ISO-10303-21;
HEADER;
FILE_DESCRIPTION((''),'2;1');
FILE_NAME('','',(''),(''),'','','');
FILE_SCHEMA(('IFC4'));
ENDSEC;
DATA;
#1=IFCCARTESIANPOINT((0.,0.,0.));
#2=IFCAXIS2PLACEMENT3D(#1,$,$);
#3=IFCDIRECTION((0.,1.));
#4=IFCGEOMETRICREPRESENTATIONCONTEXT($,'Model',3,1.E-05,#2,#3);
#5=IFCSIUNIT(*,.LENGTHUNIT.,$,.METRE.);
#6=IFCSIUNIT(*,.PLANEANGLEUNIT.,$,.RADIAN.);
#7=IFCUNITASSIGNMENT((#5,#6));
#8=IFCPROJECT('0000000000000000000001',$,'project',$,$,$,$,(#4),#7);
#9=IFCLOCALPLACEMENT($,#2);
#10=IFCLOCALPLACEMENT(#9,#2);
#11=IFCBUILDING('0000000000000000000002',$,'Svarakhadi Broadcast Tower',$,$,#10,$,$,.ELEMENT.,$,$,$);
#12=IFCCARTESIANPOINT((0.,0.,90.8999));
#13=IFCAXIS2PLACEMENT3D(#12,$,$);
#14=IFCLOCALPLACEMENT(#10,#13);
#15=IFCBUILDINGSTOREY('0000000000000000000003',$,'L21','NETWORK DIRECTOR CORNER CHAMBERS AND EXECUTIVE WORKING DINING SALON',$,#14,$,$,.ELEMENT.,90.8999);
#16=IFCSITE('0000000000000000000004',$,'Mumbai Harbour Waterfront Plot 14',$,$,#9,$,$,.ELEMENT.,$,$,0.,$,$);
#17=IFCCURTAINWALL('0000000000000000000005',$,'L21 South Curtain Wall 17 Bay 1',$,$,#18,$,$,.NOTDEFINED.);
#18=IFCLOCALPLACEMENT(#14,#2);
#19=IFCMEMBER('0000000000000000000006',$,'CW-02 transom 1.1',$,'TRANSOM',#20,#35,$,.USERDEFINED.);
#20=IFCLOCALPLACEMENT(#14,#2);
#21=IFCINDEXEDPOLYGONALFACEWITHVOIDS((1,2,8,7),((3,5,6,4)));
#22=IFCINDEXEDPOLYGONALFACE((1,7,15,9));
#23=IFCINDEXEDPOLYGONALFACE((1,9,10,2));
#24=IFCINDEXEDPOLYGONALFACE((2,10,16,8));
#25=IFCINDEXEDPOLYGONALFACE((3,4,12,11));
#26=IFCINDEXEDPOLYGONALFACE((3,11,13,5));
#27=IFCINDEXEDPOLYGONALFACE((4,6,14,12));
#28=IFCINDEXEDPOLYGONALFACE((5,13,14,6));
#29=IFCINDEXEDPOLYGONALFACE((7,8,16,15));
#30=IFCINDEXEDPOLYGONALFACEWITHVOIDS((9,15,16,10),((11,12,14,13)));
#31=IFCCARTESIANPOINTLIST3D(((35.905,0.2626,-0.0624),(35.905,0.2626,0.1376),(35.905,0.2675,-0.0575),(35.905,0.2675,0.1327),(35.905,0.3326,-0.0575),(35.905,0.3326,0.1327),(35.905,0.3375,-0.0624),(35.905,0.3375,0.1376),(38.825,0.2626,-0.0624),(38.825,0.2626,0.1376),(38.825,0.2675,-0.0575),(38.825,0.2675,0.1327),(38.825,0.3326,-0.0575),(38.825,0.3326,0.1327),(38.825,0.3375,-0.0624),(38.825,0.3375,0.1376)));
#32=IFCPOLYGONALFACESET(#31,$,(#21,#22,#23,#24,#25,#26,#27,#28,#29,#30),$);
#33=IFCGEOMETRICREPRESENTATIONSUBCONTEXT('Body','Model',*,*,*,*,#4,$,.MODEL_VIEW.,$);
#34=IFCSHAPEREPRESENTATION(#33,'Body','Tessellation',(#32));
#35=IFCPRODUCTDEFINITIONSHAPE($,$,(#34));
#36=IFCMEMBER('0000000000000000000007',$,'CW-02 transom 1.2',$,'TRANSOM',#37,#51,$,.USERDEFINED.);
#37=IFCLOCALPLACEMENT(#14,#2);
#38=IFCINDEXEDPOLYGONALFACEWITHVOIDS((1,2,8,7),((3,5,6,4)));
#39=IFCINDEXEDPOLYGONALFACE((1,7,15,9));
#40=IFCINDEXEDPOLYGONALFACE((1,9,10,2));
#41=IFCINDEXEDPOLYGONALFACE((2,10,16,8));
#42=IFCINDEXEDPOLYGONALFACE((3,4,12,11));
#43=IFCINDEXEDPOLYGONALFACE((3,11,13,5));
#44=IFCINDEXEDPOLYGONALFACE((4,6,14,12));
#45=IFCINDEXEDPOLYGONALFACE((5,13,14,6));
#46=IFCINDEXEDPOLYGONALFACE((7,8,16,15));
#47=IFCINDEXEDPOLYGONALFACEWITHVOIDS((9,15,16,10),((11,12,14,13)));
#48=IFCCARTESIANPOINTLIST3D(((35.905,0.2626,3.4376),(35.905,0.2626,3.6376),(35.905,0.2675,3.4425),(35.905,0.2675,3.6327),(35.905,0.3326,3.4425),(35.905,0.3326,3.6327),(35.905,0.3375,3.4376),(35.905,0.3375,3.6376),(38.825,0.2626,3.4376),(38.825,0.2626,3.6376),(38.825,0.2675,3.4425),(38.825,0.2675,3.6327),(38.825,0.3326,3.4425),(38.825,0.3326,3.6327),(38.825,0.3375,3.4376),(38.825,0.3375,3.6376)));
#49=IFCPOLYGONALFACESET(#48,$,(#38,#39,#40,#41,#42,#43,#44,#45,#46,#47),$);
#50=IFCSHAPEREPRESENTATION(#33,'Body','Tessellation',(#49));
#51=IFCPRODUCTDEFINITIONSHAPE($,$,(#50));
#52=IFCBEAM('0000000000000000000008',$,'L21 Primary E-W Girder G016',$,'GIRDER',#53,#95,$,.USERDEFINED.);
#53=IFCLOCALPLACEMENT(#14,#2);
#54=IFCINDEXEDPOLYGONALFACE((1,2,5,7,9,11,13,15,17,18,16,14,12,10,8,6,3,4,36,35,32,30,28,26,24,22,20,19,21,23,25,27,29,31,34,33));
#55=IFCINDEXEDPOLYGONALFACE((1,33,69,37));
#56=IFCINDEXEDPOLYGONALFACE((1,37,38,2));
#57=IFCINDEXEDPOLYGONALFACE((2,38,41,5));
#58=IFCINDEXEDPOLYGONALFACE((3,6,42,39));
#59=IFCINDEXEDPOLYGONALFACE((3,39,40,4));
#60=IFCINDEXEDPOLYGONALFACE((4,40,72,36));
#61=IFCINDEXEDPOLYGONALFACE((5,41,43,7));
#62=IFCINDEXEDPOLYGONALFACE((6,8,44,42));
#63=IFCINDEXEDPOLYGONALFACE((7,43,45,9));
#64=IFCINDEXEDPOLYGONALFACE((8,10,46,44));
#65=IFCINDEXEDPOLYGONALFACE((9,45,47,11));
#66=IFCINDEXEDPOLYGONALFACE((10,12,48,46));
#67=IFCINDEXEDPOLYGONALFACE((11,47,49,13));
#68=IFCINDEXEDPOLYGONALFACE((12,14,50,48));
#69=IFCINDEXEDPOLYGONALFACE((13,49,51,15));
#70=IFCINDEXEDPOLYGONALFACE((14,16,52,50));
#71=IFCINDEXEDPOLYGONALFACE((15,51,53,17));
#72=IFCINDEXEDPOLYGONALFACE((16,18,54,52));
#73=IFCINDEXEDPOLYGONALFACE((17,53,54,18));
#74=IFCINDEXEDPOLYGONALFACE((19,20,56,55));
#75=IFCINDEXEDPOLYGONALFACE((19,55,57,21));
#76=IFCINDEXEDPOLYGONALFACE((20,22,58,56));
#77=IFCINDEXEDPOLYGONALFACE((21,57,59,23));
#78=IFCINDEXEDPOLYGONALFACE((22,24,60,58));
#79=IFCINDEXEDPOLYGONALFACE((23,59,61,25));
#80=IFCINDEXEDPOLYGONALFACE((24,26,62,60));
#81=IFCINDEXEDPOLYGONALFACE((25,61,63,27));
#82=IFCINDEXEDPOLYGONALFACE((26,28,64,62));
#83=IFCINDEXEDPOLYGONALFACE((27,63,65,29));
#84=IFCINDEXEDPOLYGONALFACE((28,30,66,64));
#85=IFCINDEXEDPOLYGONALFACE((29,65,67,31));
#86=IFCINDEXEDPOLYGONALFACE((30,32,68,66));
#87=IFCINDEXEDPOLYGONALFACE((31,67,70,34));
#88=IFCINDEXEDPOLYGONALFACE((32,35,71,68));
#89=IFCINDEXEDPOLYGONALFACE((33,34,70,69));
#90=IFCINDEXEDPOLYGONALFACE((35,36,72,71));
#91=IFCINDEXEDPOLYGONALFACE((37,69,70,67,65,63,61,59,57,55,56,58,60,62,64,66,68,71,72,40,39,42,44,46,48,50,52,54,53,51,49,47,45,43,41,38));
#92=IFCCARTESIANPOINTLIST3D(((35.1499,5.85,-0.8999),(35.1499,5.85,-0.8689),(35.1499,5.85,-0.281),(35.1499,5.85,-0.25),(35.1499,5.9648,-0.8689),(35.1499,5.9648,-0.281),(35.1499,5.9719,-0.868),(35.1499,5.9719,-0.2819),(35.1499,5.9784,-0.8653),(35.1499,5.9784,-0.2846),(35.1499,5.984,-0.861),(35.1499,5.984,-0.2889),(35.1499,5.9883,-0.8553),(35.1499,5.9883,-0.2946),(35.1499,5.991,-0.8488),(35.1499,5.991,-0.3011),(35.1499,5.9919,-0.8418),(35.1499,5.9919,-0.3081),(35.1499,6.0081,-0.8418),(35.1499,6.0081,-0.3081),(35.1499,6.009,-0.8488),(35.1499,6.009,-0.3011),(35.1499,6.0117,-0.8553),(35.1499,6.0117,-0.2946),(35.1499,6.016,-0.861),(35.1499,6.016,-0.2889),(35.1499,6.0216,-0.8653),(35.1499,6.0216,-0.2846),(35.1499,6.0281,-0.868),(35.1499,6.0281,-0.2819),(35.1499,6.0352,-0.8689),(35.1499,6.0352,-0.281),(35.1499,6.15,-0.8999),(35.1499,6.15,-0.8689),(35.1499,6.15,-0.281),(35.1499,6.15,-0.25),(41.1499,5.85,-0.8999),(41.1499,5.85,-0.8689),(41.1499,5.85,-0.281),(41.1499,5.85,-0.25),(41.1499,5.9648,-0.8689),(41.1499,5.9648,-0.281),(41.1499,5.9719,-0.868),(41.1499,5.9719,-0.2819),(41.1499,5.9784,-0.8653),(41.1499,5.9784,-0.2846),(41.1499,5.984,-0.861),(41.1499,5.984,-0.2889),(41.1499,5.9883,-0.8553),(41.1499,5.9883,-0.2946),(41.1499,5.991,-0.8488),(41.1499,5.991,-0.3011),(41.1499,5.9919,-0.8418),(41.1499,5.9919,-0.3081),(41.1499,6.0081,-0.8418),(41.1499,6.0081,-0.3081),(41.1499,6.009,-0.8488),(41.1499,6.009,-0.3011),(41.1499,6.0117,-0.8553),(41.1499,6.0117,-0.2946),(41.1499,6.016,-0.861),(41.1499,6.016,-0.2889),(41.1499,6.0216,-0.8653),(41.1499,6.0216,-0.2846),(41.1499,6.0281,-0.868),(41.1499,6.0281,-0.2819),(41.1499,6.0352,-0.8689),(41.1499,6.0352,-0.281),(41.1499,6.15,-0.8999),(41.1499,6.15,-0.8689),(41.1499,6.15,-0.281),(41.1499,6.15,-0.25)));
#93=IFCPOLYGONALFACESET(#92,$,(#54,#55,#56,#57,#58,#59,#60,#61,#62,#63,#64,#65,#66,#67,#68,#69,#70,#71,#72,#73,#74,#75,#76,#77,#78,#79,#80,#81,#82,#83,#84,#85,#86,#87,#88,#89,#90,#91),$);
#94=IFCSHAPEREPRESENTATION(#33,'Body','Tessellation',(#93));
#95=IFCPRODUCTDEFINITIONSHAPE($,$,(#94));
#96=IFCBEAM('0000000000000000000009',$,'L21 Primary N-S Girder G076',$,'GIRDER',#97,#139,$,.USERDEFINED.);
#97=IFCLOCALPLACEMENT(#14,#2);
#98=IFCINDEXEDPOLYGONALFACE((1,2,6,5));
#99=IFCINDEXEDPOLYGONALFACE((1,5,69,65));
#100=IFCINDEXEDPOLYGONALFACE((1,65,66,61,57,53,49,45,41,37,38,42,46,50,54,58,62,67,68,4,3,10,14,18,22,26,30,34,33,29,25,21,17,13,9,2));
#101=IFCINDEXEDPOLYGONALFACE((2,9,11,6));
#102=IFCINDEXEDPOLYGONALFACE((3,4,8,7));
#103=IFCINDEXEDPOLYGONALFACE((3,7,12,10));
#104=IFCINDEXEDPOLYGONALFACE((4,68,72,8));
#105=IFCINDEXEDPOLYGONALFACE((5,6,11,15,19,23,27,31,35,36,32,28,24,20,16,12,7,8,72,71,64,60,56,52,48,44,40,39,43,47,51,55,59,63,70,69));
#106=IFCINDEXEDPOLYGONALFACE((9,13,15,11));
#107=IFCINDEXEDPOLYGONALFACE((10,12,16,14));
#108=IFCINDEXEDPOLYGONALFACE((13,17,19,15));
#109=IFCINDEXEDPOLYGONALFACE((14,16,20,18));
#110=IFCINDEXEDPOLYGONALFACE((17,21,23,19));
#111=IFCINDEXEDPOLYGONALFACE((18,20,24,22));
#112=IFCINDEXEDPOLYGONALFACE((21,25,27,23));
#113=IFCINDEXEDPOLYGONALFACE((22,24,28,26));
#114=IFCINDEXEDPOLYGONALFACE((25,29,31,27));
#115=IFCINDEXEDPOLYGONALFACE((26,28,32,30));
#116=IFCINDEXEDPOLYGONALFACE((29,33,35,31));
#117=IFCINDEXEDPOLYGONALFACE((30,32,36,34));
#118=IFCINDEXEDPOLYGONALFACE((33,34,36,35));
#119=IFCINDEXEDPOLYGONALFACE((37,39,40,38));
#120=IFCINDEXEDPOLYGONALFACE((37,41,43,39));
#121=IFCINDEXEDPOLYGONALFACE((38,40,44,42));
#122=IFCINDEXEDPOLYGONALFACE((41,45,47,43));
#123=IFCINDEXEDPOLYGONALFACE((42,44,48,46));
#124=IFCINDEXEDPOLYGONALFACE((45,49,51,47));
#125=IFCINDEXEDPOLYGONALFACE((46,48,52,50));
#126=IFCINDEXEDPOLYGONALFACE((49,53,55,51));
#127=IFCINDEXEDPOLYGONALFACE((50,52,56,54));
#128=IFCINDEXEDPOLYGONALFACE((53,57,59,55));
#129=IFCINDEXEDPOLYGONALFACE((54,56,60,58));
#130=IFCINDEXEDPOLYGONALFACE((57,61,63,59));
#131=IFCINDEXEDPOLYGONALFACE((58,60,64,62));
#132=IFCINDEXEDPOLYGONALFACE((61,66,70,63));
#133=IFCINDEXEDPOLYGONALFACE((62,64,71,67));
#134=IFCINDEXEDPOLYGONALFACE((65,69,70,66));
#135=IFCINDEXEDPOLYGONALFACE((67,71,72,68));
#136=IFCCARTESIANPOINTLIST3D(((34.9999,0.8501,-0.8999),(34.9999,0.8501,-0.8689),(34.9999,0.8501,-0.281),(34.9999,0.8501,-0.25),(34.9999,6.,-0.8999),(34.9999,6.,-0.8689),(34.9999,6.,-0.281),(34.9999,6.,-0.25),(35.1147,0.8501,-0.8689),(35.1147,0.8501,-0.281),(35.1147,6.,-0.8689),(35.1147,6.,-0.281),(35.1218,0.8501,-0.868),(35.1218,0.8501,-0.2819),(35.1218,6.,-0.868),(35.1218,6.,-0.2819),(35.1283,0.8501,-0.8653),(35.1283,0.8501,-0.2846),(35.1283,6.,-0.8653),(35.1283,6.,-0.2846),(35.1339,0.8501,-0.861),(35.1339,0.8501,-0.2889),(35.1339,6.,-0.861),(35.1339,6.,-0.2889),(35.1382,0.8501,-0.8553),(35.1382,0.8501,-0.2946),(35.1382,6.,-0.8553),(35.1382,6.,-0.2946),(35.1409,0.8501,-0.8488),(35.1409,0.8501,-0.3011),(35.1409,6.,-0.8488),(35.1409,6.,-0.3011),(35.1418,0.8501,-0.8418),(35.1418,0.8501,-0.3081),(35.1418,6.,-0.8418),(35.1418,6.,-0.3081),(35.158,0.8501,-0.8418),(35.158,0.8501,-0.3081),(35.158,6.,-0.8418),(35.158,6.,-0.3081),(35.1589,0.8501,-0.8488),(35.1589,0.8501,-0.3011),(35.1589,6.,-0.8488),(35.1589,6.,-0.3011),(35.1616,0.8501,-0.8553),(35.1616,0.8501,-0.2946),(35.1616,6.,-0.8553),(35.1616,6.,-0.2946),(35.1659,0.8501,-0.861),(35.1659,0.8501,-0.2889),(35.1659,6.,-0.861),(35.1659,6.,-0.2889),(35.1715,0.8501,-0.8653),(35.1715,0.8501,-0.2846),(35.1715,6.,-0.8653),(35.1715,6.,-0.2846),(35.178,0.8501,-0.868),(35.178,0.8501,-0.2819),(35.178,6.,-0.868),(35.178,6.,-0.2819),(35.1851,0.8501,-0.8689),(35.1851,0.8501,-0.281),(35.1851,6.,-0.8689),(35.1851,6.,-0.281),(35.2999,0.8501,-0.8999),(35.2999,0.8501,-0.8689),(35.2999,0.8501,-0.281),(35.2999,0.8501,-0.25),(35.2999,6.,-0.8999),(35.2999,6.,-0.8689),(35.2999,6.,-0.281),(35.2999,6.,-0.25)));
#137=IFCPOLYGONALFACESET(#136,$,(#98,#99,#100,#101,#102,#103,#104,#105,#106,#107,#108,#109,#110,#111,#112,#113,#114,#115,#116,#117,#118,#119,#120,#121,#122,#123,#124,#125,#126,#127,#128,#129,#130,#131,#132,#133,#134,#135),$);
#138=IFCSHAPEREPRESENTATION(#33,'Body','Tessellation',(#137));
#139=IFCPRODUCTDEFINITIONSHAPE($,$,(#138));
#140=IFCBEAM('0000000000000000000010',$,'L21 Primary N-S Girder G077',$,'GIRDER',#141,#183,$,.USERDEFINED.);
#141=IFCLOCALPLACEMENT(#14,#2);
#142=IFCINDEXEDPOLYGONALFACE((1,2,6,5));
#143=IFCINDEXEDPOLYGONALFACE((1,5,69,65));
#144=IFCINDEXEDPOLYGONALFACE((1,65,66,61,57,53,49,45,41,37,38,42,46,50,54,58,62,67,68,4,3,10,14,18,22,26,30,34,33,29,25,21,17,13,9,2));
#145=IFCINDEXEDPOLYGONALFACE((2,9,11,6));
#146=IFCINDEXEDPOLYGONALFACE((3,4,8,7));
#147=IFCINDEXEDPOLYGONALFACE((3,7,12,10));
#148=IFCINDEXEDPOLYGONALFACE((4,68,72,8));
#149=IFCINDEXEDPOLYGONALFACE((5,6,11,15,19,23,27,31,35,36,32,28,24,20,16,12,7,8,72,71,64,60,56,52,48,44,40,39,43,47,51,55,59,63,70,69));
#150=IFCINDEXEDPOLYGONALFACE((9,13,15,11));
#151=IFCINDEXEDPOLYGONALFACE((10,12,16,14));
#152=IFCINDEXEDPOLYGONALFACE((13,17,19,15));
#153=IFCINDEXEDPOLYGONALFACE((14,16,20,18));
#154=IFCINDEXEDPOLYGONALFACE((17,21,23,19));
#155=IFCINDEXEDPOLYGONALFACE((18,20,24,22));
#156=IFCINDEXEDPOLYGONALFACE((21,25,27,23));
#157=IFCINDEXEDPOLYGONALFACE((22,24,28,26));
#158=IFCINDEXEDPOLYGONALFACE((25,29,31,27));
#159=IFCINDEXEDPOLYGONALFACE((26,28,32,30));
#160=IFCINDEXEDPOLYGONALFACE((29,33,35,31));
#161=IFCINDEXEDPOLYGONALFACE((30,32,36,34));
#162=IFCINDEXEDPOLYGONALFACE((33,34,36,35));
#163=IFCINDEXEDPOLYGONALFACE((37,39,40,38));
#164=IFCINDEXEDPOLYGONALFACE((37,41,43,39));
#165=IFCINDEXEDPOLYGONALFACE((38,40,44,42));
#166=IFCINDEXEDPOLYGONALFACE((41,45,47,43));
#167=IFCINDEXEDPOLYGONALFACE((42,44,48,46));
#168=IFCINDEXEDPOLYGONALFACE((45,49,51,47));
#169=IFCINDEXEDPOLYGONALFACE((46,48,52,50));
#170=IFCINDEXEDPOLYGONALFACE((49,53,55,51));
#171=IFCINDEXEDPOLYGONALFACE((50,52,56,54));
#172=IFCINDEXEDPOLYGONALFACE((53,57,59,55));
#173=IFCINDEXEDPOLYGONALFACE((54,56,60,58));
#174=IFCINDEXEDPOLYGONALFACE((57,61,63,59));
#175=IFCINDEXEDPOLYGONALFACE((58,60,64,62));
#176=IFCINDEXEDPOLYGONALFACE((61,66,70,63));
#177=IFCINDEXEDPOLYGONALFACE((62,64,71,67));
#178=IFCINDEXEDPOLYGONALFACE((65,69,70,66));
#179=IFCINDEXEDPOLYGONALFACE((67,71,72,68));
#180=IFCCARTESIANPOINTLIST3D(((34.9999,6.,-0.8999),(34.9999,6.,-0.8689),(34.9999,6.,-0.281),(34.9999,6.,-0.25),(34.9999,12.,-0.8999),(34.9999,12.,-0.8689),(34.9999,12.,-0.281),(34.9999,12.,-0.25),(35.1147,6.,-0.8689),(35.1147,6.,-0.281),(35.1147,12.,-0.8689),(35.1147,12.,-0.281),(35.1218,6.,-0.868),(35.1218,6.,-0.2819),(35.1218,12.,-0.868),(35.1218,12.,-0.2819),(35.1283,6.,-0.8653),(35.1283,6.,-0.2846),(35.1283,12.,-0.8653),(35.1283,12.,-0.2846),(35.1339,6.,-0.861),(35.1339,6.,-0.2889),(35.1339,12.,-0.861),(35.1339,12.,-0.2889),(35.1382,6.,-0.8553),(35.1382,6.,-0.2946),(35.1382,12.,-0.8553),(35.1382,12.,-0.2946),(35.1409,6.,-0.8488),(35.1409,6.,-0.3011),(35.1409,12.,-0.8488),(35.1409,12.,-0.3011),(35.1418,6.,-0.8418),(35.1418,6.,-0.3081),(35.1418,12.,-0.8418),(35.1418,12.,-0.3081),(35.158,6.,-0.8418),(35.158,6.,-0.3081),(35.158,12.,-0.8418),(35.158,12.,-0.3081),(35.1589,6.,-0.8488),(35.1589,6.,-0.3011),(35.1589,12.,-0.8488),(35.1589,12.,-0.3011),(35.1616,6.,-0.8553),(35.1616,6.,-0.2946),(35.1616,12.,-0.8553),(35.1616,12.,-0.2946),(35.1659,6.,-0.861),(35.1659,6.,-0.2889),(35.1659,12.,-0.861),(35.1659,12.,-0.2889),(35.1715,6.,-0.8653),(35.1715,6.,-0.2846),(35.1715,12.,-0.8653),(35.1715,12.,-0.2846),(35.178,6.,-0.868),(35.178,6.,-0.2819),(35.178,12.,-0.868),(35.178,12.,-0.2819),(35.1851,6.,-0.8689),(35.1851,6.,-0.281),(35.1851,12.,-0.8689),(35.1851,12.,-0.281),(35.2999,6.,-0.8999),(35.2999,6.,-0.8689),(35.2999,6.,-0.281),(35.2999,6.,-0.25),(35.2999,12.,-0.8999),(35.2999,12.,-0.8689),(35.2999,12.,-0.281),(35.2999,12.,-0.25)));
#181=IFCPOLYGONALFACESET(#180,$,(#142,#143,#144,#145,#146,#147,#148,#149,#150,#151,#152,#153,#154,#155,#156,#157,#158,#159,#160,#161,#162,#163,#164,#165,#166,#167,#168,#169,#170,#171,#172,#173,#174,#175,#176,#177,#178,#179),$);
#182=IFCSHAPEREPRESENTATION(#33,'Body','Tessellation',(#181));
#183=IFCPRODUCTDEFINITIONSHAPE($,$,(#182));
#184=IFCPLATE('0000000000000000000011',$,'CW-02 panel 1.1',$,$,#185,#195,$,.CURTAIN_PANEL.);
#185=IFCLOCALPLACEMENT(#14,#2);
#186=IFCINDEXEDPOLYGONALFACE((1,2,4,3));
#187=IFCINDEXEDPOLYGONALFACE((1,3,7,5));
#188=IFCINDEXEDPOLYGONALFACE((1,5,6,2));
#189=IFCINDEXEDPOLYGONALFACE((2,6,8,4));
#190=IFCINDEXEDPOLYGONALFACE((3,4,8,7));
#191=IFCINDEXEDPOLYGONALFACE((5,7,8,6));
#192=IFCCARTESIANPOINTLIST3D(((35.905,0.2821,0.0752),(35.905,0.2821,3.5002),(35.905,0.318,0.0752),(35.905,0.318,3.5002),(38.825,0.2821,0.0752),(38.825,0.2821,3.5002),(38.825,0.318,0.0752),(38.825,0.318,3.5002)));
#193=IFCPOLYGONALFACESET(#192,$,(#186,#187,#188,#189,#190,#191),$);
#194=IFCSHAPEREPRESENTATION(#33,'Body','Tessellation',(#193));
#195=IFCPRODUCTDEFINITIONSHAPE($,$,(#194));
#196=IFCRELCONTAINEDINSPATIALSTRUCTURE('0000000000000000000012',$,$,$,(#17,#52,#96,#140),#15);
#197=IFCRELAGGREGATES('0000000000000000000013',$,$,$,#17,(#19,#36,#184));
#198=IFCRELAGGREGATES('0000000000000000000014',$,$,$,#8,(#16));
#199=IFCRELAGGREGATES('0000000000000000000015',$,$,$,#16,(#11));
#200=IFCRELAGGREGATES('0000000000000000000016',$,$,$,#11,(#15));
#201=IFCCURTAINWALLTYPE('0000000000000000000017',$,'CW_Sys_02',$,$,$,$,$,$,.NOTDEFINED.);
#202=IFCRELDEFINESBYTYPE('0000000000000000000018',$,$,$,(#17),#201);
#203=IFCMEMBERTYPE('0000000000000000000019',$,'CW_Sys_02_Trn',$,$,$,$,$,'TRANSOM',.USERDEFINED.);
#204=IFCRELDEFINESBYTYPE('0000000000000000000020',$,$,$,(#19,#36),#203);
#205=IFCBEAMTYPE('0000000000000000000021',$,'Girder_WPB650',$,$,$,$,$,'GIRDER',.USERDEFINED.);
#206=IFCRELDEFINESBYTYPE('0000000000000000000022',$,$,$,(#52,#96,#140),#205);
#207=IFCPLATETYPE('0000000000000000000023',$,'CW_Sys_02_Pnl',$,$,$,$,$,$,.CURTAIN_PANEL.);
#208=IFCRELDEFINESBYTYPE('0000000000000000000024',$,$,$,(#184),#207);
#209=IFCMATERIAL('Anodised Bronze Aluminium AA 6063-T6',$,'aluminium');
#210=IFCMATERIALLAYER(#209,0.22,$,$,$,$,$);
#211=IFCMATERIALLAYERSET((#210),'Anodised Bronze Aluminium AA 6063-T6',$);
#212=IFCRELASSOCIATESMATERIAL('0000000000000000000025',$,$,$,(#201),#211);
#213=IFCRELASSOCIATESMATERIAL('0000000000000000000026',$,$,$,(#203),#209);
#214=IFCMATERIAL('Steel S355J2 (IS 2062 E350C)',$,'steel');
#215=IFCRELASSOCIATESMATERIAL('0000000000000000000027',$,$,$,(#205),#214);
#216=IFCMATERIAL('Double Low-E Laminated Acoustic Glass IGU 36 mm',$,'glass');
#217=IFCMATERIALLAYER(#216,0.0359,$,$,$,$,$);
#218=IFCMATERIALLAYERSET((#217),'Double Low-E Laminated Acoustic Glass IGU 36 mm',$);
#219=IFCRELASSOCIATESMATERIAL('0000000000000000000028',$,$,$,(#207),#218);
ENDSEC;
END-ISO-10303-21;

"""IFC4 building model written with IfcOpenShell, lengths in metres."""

from ifc_helpers import new_model, si_unit, direction, frame, origin, origin_2d, place, context, subcontext, project, spatial, rectangle, hollow_rectangle, i_section, extrude, material, layer, layer_set, material_profile, profile_set, type_object, element, aggregate, save


model = new_model("IFC4")

# Units and contexts
model_context = context("Model", 3, precision=1e-05, world=origin(), true_north=direction((0.0, 1.0)))
body_context = subcontext(model_context, "Body", "Model", "MODEL_VIEW")
ifc_project = project(units=[si_unit("LENGTHUNIT", "METRE"), si_unit("PLANEANGLEUNIT", "RADIAN")], contexts=[model_context])

# Site, building, storey
site_placement = place(None, origin())
site = spatial("IfcSite", under=ifc_project, at=site_placement, Name="Mumbai Harbour Waterfront Plot 14", CompositionType="ELEMENT", RefElevation=0.0)
building_placement = place(site_placement, origin())
building = spatial("IfcBuilding", under=site, at=building_placement, Name="Svarakhadi Broadcast Tower", CompositionType="ELEMENT")
storey_placement = place(building_placement, frame((0.0, 0.0, 90.8999)))
storey = spatial("IfcBuildingStorey", under=building, at=storey_placement, Name="L21", Description="NETWORK DIRECTOR CORNER CHAMBERS AND EXECUTIVE WORKING DINING SALON", CompositionType="ELEMENT", Elevation=90.8999)

# Shared definitions
ifc_material_1 = material(Name="Steel S355J2 (IS 2062 E350C)", Category="steel")

# Curtain wall, members
ifc_material_2 = material(Name="Anodised Bronze Aluminium AA 6063-T6", Category="aluminium")
ifc_layer_1 = layer(ifc_material_2, 0.22)
ifc_layer_set_1 = layer_set([ifc_layer_1], Name="Anodised Bronze Aluminium AA 6063-T6")
curtain_wall_type = type_object("IfcCurtainWallType", Name="CW_Sys_02", PredefinedType="NOTDEFINED", material=ifc_layer_set_1)
curtain_wall_placement = place(storey_placement, origin())
curtain_wall = element("IfcCurtainWall", 1, at=curtain_wall_placement, inside=storey, type_object=curtain_wall_type, Name="L21 South Curtain Wall 17 Bay 1", PredefinedType="NOTDEFINED")
ifc_material_profile_1 = material_profile(ifc_material_2, hollow_rectangle(XDim=0.075, YDim=0.2, WallThickness=0.0049, at=origin_2d()), Name="ALU TRANSOM 200x75x5")
ifc_profile_set_1 = profile_set([ifc_material_profile_1], Name="Anodised Bronze Aluminium AA 6063-T6")
member_type_1 = type_object("IfcMemberType", Name="CW_Sys_02_Trn", ElementType="TRANSOM", PredefinedType="USERDEFINED", material=ifc_profile_set_1)
member_1_placement = place(storey_placement, frame((38.825, 0.3, 0.0376), z_axis=(-1.0, 0.0, 0.0), x_axis=(0.0, -1.0, 0.0)))
member_1 = element("IfcMember", 2, at=member_1_placement, type_object=member_type_1, Name="CW-02 transom 1.1", ObjectType="TRANSOM", PredefinedType="USERDEFINED", context=body_context, shape_type="SweptSolid", body=[
    extrude(hollow_rectangle(XDim=0.075, YDim=0.2, WallThickness=0.0049, at=origin_2d()), origin(), (0.0, 0.0, 1.0), 2.9199),
])
member_2_placement = place(storey_placement, frame((38.825, 0.3, 3.5376), z_axis=(-1.0, 0.0, 0.0), x_axis=(0.0, -1.0, 0.0)))
member_2 = element("IfcMember", 3, at=member_2_placement, type_object=member_type_1, Name="CW-02 transom 1.2", ObjectType="TRANSOM", PredefinedType="USERDEFINED", context=body_context, shape_type="SweptSolid", body=[
    extrude(hollow_rectangle(XDim=0.075, YDim=0.2, WallThickness=0.0049, at=origin_2d()), origin(), (0.0, 0.0, 1.0), 2.9199),
])

# Beams
ifc_material_profile_2 = material_profile(ifc_material_1, i_section(OverallWidth=0.3, OverallDepth=0.6499, WebThickness=0.0161, FlangeThickness=0.031, FilletRadius=0.0271, at=origin_2d()), Name="WPB 650x300x225")
ifc_profile_set_2 = profile_set([ifc_material_profile_2], Name="Steel S355J2 (IS 2062 E350C)")
beam_type_1 = type_object("IfcBeamType", Name="Girder_WPB650", ElementType="GIRDER", PredefinedType="USERDEFINED", material=ifc_profile_set_2)
beam_1_placement = place(storey_placement, frame((35.1499, 6.0, -0.575), z_axis=(1.0, 0.0, 0.0), x_axis=(0.0, 1.0, 0.0)))
element("IfcBeam", 4, at=beam_1_placement, inside=storey, type_object=beam_type_1, Name="L21 Primary E-W Girder G016", ObjectType="GIRDER", PredefinedType="USERDEFINED", context=body_context, shape_type="SweptSolid", body=[
    extrude(i_section(OverallWidth=0.3, OverallDepth=0.6499, WebThickness=0.0161, FlangeThickness=0.031, FilletRadius=0.0271, at=origin_2d()), origin(), (0.0, 0.0, 1.0), 6.0),
])
beam_2_placement = place(storey_placement, frame((35.1499, 0.8501, -0.575), z_axis=(0.0, 1.0, 0.0), x_axis=(-1.0, 0.0, 0.0)))
element("IfcBeam", 5, at=beam_2_placement, inside=storey, type_object=beam_type_1, Name="L21 Primary N-S Girder G076", ObjectType="GIRDER", PredefinedType="USERDEFINED", context=body_context, shape_type="SweptSolid", body=[
    extrude(i_section(OverallWidth=0.3, OverallDepth=0.6499, WebThickness=0.0161, FlangeThickness=0.031, FilletRadius=0.0271, at=origin_2d()), origin(), (0.0, 0.0, 1.0), 5.1499),
])
beam_3_placement = place(storey_placement, frame((35.1499, 6.0, -0.575), z_axis=(0.0, 1.0, 0.0), x_axis=(-1.0, 0.0, 0.0)))
element("IfcBeam", 6, at=beam_3_placement, inside=storey, type_object=beam_type_1, Name="L21 Primary N-S Girder G077", ObjectType="GIRDER", PredefinedType="USERDEFINED", context=body_context, shape_type="SweptSolid", body=[
    extrude(i_section(OverallWidth=0.3, OverallDepth=0.6499, WebThickness=0.0161, FlangeThickness=0.031, FilletRadius=0.0271, at=origin_2d()), origin(), (0.0, 0.0, 1.0), 6.0),
])

# Plate
ifc_material_3 = material(Name="Double Low-E Laminated Acoustic Glass IGU 36 mm", Category="glass")
ifc_layer_2 = layer(ifc_material_3, 0.0359)
ifc_layer_set_2 = layer_set([ifc_layer_2], Name="Double Low-E Laminated Acoustic Glass IGU 36 mm")
plate_type_1 = type_object("IfcPlateType", Name="CW_Sys_02_Pnl", PredefinedType="CURTAIN_PANEL", material=ifc_layer_set_2)
plate_1_placement = place(storey_placement, frame((37.365, 0.3, 0.0752), z_axis=(0.0, 0.0, 1.0), x_axis=(-1.0, 0.0, 0.0)))
plate_1 = element("IfcPlate", 7, at=plate_1_placement, type_object=plate_type_1, Name="CW-02 panel 1.1", PredefinedType="CURTAIN_PANEL", context=body_context, shape_type="SweptSolid", body=[
    extrude(rectangle(XDim=2.9199, YDim=0.0359, at=origin_2d()), origin(), (0.0, 0.0, 1.0), 3.425),
])
aggregate(curtain_wall, [member_1, member_2, plate_1])

save(model, "model.ifc")
